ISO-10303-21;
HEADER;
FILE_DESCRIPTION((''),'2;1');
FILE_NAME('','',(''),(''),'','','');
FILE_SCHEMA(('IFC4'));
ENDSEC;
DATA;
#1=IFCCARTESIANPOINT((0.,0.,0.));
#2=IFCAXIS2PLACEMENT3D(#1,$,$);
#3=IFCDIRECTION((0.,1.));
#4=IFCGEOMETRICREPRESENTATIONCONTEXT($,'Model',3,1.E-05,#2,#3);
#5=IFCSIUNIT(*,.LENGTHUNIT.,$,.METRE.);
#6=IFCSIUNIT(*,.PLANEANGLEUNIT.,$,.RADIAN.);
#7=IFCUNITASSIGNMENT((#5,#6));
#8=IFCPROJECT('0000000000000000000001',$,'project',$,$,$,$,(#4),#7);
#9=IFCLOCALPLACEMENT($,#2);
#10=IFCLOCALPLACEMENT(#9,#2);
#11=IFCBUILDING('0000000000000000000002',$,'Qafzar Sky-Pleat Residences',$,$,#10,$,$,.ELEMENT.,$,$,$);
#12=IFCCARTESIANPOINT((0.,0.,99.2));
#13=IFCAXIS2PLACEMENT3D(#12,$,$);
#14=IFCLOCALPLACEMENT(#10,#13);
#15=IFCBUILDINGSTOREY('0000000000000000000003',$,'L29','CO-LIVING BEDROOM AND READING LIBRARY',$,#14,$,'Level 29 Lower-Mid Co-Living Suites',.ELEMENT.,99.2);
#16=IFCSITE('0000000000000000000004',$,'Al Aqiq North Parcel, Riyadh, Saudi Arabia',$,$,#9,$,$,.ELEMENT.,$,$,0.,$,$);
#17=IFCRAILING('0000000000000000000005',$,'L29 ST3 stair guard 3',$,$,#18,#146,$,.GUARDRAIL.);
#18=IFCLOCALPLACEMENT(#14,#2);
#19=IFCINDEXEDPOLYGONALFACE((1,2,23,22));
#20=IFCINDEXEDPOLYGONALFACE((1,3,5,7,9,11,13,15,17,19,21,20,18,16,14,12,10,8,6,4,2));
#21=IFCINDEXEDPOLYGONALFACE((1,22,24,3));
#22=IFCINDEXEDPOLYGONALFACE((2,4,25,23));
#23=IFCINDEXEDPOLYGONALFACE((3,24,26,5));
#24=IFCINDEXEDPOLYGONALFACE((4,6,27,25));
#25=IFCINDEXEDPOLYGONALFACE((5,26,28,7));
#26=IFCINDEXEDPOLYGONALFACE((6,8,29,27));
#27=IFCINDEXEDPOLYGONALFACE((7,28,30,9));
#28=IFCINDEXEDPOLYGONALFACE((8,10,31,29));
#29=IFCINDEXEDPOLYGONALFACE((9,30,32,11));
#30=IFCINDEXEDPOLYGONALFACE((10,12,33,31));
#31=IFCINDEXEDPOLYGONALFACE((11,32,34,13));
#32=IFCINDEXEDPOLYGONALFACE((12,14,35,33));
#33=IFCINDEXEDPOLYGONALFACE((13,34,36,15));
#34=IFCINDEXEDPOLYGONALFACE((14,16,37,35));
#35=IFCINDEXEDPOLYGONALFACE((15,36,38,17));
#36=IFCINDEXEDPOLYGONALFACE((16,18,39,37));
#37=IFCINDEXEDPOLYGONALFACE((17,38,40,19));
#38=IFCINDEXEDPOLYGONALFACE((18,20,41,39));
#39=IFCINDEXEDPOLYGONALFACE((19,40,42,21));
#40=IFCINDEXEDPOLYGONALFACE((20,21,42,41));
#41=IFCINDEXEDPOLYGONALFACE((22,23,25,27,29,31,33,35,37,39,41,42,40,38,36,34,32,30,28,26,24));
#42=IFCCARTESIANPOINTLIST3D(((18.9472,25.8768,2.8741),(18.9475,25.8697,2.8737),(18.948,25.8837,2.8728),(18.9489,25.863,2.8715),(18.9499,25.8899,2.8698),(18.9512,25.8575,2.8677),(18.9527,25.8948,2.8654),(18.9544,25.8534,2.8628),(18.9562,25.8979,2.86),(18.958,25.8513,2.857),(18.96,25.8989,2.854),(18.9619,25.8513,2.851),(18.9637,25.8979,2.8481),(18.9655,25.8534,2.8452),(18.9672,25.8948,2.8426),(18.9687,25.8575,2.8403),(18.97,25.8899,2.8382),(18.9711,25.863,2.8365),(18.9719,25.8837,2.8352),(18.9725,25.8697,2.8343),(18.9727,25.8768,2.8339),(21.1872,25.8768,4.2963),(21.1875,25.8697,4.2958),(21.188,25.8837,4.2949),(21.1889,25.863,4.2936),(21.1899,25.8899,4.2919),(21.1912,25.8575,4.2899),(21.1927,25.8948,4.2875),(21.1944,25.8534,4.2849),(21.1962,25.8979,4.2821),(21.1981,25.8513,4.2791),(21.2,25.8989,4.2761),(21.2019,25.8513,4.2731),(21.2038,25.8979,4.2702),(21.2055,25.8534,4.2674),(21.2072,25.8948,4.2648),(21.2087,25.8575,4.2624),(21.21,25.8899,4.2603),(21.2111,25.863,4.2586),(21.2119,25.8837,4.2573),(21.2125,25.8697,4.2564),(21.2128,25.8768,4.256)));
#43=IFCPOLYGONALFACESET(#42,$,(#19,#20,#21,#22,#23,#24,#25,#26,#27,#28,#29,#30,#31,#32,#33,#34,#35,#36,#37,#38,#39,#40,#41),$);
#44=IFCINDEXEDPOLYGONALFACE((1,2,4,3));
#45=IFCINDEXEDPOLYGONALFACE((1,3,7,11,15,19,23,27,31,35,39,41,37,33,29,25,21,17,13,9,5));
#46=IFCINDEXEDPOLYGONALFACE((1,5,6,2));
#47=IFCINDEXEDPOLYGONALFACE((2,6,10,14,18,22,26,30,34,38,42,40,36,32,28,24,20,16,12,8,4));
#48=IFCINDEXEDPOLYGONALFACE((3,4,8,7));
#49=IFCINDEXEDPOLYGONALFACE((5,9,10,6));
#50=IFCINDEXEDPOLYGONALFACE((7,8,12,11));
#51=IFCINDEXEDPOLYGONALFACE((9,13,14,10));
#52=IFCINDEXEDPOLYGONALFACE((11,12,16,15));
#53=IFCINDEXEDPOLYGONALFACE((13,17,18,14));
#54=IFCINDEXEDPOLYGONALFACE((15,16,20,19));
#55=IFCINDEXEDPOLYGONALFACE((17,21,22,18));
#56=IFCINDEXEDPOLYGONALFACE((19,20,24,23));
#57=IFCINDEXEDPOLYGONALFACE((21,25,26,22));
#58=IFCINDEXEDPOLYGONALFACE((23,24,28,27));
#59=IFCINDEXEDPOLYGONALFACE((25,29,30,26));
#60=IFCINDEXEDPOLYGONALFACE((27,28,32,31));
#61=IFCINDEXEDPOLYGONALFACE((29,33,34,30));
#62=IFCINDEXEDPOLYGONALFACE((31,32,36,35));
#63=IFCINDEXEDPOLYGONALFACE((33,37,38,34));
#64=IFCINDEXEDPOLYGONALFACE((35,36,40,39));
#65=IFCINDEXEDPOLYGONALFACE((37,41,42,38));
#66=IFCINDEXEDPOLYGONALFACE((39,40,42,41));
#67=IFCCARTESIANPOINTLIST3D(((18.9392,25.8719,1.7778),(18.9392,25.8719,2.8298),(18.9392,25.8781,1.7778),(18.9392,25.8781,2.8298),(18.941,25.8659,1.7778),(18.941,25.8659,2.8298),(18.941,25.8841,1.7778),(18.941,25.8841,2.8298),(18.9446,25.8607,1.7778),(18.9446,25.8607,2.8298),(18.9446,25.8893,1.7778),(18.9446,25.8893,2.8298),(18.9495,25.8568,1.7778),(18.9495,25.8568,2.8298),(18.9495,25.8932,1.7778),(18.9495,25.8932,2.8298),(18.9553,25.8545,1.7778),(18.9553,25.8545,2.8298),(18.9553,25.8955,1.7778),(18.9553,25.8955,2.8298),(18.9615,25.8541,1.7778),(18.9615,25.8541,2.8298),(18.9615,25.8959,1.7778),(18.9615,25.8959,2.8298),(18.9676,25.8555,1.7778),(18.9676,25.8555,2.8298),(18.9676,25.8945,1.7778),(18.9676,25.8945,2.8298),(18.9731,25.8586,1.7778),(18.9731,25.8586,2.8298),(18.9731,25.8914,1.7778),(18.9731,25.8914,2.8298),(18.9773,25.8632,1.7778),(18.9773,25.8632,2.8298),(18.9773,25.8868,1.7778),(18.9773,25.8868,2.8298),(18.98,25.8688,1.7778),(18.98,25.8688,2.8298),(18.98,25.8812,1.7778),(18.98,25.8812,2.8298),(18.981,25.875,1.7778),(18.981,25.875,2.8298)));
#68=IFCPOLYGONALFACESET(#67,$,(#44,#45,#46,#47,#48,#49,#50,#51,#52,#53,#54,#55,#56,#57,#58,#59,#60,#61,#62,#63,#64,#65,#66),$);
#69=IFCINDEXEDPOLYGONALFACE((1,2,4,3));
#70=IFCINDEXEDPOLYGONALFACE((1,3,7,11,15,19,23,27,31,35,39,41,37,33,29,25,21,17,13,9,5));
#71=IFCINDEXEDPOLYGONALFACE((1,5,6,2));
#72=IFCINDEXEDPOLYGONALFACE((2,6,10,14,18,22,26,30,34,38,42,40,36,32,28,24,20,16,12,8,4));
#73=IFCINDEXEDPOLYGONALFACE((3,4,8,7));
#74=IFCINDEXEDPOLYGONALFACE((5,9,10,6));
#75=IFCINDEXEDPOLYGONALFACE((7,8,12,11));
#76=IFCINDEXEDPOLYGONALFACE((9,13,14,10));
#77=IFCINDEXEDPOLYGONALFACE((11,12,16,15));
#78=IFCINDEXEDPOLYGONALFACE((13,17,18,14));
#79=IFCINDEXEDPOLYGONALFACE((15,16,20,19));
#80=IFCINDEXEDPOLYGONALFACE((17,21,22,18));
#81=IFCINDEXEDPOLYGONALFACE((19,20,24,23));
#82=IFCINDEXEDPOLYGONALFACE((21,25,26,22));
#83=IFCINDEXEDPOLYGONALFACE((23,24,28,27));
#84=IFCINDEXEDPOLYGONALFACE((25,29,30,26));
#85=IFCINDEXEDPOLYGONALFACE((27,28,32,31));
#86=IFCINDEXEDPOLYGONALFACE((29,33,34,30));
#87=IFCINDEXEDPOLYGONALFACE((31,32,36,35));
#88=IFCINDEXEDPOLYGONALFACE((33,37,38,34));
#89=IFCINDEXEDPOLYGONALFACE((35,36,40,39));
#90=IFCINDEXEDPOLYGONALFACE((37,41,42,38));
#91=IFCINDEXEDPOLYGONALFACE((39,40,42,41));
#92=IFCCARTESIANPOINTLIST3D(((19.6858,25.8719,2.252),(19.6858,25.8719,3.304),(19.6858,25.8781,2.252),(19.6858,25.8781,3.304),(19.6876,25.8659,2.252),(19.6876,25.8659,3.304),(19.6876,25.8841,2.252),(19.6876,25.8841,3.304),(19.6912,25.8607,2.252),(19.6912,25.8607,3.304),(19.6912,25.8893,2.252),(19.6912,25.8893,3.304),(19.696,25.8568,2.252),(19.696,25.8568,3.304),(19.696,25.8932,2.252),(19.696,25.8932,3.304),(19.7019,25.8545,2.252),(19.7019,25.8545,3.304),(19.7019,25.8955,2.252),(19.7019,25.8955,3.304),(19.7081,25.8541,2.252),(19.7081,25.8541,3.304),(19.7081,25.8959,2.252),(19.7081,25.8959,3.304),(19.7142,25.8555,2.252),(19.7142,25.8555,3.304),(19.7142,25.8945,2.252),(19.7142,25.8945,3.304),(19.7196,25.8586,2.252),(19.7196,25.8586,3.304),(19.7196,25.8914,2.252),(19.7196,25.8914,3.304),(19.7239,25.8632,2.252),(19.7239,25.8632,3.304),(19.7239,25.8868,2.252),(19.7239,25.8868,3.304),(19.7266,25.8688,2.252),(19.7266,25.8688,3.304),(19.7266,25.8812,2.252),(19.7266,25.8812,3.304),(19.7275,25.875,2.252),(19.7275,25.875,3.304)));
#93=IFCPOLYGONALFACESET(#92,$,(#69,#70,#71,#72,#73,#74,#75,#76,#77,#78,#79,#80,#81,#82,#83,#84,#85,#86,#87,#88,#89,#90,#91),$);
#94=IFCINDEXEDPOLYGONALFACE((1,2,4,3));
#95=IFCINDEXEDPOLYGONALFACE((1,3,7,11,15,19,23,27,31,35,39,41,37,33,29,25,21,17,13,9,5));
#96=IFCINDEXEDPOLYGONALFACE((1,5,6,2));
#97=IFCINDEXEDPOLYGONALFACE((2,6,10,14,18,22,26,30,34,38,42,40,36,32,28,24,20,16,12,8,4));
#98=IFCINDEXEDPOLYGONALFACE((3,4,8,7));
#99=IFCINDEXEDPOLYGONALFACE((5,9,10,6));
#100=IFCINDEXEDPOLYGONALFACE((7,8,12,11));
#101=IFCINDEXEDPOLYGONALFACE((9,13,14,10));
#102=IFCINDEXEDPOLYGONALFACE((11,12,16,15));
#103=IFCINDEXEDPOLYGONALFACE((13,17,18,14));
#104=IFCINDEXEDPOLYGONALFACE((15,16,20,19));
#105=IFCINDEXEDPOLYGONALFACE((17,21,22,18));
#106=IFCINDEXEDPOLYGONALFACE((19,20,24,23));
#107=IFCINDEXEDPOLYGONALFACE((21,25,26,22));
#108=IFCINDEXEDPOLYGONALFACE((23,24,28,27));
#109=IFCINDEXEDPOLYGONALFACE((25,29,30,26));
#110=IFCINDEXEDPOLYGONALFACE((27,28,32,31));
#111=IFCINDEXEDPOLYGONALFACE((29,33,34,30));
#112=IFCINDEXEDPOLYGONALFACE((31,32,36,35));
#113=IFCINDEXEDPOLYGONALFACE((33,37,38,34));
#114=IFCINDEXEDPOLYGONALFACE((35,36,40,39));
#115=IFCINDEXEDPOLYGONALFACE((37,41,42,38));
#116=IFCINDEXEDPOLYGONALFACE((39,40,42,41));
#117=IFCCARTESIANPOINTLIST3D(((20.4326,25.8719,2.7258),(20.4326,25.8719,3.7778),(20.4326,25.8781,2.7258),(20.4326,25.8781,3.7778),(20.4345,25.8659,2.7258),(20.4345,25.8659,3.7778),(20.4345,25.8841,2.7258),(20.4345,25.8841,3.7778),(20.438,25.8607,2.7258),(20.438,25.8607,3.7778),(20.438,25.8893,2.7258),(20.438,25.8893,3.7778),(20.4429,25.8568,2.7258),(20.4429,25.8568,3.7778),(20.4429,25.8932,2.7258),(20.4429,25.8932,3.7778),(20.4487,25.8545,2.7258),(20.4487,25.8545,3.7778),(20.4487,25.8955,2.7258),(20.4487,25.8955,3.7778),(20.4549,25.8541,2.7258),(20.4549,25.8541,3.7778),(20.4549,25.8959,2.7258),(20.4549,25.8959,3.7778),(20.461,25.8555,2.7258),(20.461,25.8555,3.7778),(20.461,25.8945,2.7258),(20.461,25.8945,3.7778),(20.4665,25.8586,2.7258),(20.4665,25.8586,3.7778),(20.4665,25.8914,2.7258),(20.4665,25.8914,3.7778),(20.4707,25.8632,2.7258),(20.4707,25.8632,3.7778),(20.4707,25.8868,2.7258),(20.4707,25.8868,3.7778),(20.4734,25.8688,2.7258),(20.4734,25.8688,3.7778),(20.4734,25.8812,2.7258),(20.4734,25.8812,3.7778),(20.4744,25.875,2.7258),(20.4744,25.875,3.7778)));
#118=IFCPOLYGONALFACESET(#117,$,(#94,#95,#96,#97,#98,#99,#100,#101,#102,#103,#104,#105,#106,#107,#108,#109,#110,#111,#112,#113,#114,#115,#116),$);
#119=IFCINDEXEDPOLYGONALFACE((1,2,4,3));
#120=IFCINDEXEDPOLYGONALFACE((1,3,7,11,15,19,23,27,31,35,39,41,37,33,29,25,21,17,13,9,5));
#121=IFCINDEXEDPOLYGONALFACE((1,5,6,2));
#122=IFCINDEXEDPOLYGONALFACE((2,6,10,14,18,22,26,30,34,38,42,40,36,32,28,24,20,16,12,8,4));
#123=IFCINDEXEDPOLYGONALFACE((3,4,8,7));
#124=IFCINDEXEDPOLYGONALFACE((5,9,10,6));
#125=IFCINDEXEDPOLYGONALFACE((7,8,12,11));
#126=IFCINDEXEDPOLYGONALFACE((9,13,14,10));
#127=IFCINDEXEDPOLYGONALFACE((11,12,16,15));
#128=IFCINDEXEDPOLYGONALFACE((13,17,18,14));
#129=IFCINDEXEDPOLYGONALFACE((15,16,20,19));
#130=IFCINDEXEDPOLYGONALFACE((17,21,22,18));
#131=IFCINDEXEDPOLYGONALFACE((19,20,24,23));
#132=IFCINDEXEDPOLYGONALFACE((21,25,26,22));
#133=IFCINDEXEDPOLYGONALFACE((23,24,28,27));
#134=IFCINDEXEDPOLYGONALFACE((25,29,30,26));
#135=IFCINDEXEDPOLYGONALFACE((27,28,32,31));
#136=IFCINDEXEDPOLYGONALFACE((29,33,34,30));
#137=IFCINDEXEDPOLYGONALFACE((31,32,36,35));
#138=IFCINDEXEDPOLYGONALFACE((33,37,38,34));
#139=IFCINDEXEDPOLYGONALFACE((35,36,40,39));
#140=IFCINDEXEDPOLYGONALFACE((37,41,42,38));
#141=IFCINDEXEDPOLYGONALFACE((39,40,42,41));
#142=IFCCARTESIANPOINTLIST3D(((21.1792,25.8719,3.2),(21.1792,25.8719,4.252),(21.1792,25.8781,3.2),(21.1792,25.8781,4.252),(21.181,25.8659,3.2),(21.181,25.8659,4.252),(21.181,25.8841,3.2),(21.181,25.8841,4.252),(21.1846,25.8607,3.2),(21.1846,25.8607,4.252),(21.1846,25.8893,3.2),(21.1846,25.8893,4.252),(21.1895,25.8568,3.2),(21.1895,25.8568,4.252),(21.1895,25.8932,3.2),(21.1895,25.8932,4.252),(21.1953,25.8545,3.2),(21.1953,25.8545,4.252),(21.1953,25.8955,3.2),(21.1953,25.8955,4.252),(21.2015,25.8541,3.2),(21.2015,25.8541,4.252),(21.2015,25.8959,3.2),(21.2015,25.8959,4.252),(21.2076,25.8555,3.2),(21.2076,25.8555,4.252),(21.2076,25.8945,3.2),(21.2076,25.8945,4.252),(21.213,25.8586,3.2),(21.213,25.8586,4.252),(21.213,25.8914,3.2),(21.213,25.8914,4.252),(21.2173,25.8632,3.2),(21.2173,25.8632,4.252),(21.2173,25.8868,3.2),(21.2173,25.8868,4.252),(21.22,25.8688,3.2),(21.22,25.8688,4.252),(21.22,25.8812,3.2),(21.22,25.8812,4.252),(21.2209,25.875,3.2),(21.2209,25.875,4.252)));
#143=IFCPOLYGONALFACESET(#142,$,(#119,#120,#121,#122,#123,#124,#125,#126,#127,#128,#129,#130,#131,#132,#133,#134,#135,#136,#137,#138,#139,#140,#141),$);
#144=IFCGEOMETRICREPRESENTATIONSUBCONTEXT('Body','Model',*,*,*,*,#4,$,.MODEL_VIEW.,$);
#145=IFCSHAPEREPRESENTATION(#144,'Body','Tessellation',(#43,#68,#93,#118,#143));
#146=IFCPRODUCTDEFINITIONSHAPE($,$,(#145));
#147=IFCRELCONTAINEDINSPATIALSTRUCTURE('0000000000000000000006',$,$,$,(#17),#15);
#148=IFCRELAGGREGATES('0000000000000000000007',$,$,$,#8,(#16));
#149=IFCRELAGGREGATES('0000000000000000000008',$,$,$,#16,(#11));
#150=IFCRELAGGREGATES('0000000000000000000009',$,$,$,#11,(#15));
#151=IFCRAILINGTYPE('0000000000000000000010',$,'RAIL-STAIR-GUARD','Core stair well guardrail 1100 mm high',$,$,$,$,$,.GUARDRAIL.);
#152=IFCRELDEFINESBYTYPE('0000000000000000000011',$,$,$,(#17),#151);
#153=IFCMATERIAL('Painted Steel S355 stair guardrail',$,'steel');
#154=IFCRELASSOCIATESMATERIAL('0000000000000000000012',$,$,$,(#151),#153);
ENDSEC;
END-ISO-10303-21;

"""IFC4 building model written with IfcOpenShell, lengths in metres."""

from ifc_helpers import new_model, si_unit, direction, frame, origin, origin_2d, place, context, subcontext, project, spatial, circle, extrude, source, transform, mapped, material, type_object, element, save


model = new_model("IFC4")

# Units and contexts
model_context = context("Model", 3, precision=1e-05, world=origin(), true_north=direction((0.0, 1.0)))
body_context = subcontext(model_context, "Body", "Model", "MODEL_VIEW")
ifc_project = project(units=[si_unit("LENGTHUNIT", "METRE"), si_unit("PLANEANGLEUNIT", "RADIAN")], contexts=[model_context])

# Site, building, storey
site_placement = place(None, origin())
site = spatial("IfcSite", under=ifc_project, at=site_placement, Name="Al Aqiq North Parcel, Riyadh, Saudi Arabia", CompositionType="ELEMENT", RefElevation=0.0)
building_placement = place(site_placement, origin())
building = spatial("IfcBuilding", under=site, at=building_placement, Name="Qafzar Sky-Pleat Residences", CompositionType="ELEMENT")
storey_placement = place(building_placement, frame((0.0, 0.0, 99.2)))
storey = spatial("IfcBuildingStorey", under=building, at=storey_placement, Name="L29", Description="CO-LIVING BEDROOM AND READING LIBRARY", LongName="Level 29 Lower-Mid Co-Living Suites", CompositionType="ELEMENT", Elevation=99.2)

# Railing
ifc_material_1 = material(Name="Painted Steel S355 stair guardrail", Category="steel")
railing_type_1 = type_object("IfcRailingType", Name="RAIL-STAIR-GUARD", Description="Core stair well guardrail 1100 mm high", PredefinedType="GUARDRAIL", material=ifc_material_1)
shared_shape_1 = source(origin(), body_context, "Body", "SweptSolid", [
    extrude(circle(Radius=0.0239, at=origin_2d()), frame((0.0, 0.0, 1.0762), z_axis=(0.844229, 0.0, 0.535982), x_axis=(0.0, 1.0, 0.0)), (0.0, 0.0, 1.0), 2.6533),
    extrude(circle(Radius=0.021, at=origin_2d()), origin(), (0.0, 0.0, 1.0), 1.052),
    extrude(circle(Radius=0.021, at=origin_2d()), frame((0.7466, 0.0, 0.4741)), (0.0, 0.0, 1.0), 1.052),
    extrude(circle(Radius=0.021, at=origin_2d()), frame((1.4934, 0.0, 0.948)), (0.0, 0.0, 1.0), 1.052),
    extrude(circle(Radius=0.021, at=origin_2d()), frame((2.24, 0.0, 1.4221)), (0.0, 0.0, 1.0), 1.052),
])
railing_1_placement = place(storey_placement, frame((18.96, 25.875, 1.7778)))
element("IfcRailing", 1, at=railing_1_placement, inside=storey, type_object=railing_type_1, Name="L29 ST3 stair guard 3", PredefinedType="GUARDRAIL", context=body_context, shape_type="MappedRepresentation", body=[
    mapped(shared_shape_1, transform((0.0, 0.0, 0.0), x_axis=(1.0, 0.0, 0.0), y_axis=(0.0, 1.0, 0.0), z_axis=(0.0, 0.0, 1.0), scale=1.0)),
])

save(model, "model.ifc")
